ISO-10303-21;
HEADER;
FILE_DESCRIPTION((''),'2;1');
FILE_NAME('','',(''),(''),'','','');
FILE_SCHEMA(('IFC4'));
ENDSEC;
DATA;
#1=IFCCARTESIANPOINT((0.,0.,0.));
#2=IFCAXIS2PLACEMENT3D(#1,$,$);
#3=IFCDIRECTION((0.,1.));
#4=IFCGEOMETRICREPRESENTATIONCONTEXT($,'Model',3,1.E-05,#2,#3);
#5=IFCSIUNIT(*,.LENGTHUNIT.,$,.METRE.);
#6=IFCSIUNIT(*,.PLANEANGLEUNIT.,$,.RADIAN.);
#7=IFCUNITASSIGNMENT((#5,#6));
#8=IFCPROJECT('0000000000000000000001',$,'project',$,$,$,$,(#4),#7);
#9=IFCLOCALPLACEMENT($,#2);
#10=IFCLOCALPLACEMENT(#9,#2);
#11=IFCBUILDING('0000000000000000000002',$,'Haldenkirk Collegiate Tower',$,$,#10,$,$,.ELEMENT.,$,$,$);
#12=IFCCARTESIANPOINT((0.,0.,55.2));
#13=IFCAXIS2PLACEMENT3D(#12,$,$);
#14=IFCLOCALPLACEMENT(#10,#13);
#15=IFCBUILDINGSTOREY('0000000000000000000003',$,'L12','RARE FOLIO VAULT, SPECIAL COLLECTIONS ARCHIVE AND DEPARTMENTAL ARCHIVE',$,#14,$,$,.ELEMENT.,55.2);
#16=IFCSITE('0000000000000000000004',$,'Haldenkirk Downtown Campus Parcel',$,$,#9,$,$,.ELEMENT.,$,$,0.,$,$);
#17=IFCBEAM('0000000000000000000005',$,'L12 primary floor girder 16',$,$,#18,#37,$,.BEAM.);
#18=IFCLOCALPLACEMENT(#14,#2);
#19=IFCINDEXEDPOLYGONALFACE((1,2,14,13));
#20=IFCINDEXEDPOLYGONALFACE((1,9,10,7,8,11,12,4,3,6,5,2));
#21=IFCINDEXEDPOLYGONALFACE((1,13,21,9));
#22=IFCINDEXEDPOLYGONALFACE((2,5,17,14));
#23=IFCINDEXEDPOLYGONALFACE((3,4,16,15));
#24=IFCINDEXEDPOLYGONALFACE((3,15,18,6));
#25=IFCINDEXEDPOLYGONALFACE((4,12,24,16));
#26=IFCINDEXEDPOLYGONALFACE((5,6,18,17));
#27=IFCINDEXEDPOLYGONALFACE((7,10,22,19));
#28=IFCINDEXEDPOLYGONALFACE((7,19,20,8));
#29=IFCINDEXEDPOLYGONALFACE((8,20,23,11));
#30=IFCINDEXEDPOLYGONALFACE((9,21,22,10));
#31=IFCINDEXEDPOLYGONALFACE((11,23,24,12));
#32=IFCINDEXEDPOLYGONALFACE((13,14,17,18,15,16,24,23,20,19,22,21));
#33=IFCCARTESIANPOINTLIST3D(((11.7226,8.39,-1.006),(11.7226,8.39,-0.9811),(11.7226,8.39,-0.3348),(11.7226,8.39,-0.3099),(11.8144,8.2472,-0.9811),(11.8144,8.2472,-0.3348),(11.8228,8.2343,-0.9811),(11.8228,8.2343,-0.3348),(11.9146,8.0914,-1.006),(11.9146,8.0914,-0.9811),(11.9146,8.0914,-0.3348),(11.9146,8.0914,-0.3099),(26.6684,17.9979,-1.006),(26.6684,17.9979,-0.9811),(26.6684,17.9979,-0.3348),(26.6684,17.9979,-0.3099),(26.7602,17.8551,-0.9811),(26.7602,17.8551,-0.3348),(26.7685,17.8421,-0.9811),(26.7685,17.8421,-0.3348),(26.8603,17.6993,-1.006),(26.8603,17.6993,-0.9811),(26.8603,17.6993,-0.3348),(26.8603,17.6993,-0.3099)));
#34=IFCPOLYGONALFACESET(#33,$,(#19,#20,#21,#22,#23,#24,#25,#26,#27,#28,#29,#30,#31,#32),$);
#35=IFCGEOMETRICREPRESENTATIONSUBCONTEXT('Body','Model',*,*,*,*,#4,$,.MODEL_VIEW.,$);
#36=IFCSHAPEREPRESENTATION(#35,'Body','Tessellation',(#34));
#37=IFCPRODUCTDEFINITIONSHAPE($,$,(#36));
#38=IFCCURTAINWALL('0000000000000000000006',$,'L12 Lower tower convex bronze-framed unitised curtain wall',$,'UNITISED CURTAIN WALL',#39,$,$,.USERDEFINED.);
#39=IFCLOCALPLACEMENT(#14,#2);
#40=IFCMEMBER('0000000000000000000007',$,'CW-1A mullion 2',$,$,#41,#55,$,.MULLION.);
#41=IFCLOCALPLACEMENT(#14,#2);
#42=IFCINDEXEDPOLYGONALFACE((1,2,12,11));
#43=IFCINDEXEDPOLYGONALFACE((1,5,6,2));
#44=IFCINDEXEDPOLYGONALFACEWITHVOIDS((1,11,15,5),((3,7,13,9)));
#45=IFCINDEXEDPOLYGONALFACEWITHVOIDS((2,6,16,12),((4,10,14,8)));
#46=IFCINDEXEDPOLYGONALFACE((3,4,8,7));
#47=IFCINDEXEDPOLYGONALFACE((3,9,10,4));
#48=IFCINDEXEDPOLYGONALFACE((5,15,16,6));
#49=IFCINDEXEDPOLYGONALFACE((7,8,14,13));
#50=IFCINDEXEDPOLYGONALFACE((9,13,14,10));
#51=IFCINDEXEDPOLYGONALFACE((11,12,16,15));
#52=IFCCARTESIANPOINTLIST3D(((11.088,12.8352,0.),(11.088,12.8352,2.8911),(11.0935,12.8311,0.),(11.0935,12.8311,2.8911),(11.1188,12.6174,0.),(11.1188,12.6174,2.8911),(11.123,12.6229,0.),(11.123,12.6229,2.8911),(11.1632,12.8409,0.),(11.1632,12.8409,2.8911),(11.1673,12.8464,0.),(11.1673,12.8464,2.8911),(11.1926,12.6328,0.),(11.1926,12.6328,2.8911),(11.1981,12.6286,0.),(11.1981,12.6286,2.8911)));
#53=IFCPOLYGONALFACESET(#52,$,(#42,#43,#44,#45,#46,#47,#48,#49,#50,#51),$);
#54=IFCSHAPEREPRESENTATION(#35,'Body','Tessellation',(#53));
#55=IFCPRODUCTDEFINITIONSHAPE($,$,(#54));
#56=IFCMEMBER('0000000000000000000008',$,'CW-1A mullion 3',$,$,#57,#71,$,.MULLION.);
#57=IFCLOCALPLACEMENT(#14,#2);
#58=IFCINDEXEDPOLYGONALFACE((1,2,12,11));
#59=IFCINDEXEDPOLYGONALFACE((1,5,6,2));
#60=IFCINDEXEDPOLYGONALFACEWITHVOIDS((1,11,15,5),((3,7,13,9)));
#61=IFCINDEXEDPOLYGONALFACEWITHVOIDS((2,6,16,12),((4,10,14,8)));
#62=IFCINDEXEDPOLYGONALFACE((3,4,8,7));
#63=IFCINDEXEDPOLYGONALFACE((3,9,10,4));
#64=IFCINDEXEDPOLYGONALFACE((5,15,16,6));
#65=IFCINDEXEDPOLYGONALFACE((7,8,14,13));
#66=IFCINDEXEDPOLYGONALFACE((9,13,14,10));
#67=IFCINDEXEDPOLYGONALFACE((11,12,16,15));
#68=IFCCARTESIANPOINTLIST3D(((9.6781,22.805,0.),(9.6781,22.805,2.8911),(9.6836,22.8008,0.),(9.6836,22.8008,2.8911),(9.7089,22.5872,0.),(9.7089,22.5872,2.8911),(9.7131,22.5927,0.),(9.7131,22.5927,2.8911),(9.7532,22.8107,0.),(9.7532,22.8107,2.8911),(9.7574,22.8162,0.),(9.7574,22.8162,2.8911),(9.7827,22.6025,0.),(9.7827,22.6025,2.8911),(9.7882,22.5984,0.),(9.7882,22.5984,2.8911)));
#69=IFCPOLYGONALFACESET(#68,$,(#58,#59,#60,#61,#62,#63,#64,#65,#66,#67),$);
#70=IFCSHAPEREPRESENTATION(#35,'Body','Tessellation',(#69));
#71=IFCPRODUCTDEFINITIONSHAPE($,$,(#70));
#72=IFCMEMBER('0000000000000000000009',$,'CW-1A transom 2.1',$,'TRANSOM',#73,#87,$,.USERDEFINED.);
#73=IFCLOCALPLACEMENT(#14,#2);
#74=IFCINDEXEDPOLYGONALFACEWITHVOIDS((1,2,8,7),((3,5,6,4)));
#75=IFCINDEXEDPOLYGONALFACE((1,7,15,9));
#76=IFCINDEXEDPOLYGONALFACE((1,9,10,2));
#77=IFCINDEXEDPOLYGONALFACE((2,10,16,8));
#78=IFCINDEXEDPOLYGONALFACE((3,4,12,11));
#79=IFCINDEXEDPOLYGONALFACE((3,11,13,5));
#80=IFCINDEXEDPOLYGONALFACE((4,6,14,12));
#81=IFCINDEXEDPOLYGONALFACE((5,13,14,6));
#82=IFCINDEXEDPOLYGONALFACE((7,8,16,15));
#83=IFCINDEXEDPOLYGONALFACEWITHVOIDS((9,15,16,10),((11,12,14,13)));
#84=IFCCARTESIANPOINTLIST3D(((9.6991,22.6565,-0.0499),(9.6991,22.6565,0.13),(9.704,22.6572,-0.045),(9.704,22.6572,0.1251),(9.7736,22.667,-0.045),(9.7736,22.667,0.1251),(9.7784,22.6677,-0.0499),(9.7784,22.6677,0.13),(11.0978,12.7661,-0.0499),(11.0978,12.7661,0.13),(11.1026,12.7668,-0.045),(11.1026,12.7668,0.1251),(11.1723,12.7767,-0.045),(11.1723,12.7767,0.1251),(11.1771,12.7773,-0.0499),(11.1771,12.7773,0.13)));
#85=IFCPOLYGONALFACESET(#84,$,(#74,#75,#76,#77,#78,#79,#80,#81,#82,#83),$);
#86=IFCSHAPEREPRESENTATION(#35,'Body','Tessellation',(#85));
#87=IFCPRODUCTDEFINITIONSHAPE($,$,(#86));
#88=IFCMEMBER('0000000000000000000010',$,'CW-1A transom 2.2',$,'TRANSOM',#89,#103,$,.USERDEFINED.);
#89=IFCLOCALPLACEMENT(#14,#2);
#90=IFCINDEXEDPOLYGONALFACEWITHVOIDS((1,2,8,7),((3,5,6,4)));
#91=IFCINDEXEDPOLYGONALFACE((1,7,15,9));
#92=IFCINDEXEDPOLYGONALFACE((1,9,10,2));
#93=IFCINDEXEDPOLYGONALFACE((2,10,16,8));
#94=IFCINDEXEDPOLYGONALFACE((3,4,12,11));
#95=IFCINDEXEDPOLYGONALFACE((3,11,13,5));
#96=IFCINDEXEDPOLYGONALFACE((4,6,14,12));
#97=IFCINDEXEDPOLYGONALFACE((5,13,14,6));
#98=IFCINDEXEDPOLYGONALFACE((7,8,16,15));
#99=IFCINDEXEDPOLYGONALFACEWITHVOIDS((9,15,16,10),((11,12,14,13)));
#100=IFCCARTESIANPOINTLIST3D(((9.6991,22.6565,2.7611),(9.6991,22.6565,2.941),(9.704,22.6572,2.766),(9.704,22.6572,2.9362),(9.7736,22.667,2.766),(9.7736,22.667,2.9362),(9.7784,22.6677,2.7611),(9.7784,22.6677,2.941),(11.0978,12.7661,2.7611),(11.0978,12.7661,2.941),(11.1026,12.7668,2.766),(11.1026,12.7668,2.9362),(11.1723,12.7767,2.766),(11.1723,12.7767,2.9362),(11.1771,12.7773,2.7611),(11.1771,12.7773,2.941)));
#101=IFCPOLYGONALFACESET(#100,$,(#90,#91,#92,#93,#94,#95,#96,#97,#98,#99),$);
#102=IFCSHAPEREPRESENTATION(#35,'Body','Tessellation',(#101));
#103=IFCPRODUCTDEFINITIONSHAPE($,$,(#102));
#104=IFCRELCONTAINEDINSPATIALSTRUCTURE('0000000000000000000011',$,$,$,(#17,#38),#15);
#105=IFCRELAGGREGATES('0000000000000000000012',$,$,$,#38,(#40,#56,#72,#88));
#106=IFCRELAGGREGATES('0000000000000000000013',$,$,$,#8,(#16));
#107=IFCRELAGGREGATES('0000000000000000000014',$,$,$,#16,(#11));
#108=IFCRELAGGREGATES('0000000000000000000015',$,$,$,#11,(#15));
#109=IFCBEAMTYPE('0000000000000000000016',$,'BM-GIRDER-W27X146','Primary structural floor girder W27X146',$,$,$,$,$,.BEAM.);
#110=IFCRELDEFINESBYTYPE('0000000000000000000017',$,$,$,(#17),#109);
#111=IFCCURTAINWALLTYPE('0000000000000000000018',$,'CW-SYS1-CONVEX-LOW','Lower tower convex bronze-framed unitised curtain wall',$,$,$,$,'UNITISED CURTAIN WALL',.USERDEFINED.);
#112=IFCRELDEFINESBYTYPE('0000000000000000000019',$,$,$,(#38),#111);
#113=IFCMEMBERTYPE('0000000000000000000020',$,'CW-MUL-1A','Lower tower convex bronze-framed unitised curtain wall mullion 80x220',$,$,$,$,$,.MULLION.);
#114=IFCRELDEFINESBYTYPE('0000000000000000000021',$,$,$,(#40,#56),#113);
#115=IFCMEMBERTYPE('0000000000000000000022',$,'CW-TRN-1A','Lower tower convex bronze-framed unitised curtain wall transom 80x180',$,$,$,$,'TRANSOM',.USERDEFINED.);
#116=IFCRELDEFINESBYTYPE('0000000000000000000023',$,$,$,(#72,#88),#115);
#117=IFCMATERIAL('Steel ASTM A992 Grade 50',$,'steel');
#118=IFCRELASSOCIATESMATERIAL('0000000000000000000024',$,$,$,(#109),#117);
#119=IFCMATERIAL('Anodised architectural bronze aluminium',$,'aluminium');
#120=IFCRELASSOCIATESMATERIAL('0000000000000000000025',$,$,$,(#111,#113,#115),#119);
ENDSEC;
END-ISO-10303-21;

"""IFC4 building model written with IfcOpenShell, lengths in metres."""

from ifc_helpers import new_model, si_unit, direction, frame, origin, origin_2d, place, context, subcontext, project, spatial, hollow_rectangle, i_section, extrude, material, material_profile, profile_set, type_object, element, aggregate, save


model = new_model("IFC4")

# Units and contexts
model_context = context("Model", 3, precision=1e-05, world=origin(), true_north=direction((0.0, 1.0)))
body_context = subcontext(model_context, "Body", "Model", "MODEL_VIEW")
ifc_project = project(units=[si_unit("LENGTHUNIT", "METRE"), si_unit("PLANEANGLEUNIT", "RADIAN")], contexts=[model_context])

# Site, building, storey
site_placement = place(None, origin())
site = spatial("IfcSite", under=ifc_project, at=site_placement, Name="Haldenkirk Downtown Campus Parcel", CompositionType="ELEMENT", RefElevation=0.0)
building_placement = place(site_placement, origin())
building = spatial("IfcBuilding", under=site, at=building_placement, Name="Haldenkirk Collegiate Tower", CompositionType="ELEMENT")
storey_placement = place(building_placement, frame((0.0, 0.0, 55.2)))
storey = spatial("IfcBuildingStorey", under=building, at=storey_placement, Name="L12", Description="RARE FOLIO VAULT, SPECIAL COLLECTIONS ARCHIVE AND DEPARTMENTAL ARCHIVE", CompositionType="ELEMENT", Elevation=55.2)

# Beam
ifc_material_1 = material(Name="Steel ASTM A992 Grade 50", Category="steel")
ifc_material_profile_1 = material_profile(ifc_material_1, i_section(OverallWidth=0.355, OverallDepth=0.696, WebThickness=0.0154, FlangeThickness=0.0249, at=origin_2d()), Name="W27X146")
ifc_profile_set_1 = profile_set([ifc_material_profile_1], Name="Steel ASTM A992 Grade 50")
beam_type = type_object("IfcBeamType", Name="BM-GIRDER-W27X146", Description="Primary structural floor girder W27X146", PredefinedType="BEAM", material=ifc_profile_set_1)
beam_placement = place(storey_placement, frame((11.8186, 8.2407, -0.658), z_axis=(0.841181, 0.540753, 0.0), x_axis=(-0.540753, 0.841181, 0.0)))
element("IfcBeam", 1, at=beam_placement, inside=storey, type_object=beam_type, Name="L12 primary floor girder 16", PredefinedType="BEAM", context=body_context, shape_type="SweptSolid", body=[
    extrude(i_section(OverallWidth=0.355, OverallDepth=0.696, WebThickness=0.0154, FlangeThickness=0.0249, at=origin_2d()), origin(), (0.0, 0.0, 1.0), 17.7676),
])

# Curtain wall, members
ifc_material_2 = material(Name="Anodised architectural bronze aluminium", Category="aluminium")
curtain_wall_type = type_object("IfcCurtainWallType", Name="CW-SYS1-CONVEX-LOW", Description="Lower tower convex bronze-framed unitised curtain wall", ElementType="UNITISED CURTAIN WALL", PredefinedType="USERDEFINED", material=ifc_material_2)
curtain_wall_placement = place(storey_placement, origin())
curtain_wall = element("IfcCurtainWall", 2, at=curtain_wall_placement, inside=storey, type_object=curtain_wall_type, Name="L12 Lower tower convex bronze-framed unitised curtain wall", ObjectType="UNITISED CURTAIN WALL", PredefinedType="USERDEFINED")
ifc_material_profile_2 = material_profile(ifc_material_2, hollow_rectangle(XDim=0.0801, YDim=0.22, WallThickness=0.0049, at=origin_2d()), Name="CW-MUL-1A")
ifc_profile_set_2 = profile_set([ifc_material_profile_2], Name="Anodised architectural bronze aluminium")
member_type_1 = type_object("IfcMemberType", Name="CW-MUL-1A", Description="Lower tower convex bronze-framed unitised curtain wall mullion 80x220", PredefinedType="MULLION", material=ifc_profile_set_2)
member_1_placement = place(storey_placement, frame((11.1431, 12.7319, 0.0), z_axis=(0.0, 0.0, 1.0), x_axis=(-0.990146, -0.140039, 0.0)))
member_1 = element("IfcMember", 3, at=member_1_placement, type_object=member_type_1, Name="CW-1A mullion 2", PredefinedType="MULLION", context=body_context, shape_type="SweptSolid", body=[
    extrude(hollow_rectangle(XDim=0.0801, YDim=0.22, WallThickness=0.0049, at=origin_2d()), origin(), (0.0, 0.0, 1.0), 2.8911),
])
member_2_placement = place(storey_placement, frame((9.7332, 22.7017, 0.0), z_axis=(0.0, 0.0, 1.0), x_axis=(-0.990146, -0.140039, 0.0)))
member_2 = element("IfcMember", 4, at=member_2_placement, type_object=member_type_1, Name="CW-1A mullion 3", PredefinedType="MULLION", context=body_context, shape_type="SweptSolid", body=[
    extrude(hollow_rectangle(XDim=0.0801, YDim=0.22, WallThickness=0.0049, at=origin_2d()), origin(), (0.0, 0.0, 1.0), 2.8911),
])
ifc_material_profile_3 = material_profile(ifc_material_2, hollow_rectangle(XDim=0.0801, YDim=0.1799, WallThickness=0.0049, at=origin_2d()), Name="CW-TRN-1A")
ifc_profile_set_3 = profile_set([ifc_material_profile_3], Name="Anodised architectural bronze aluminium")
member_type_2 = type_object("IfcMemberType", Name="CW-TRN-1A", Description="Lower tower convex bronze-framed unitised curtain wall transom 80x180", ElementType="TRANSOM", PredefinedType="USERDEFINED", material=ifc_profile_set_3)
member_3_placement = place(storey_placement, frame((11.1375, 12.7717, 0.04), z_axis=(-0.140025, 0.990148, 0.0), x_axis=(-0.990148, -0.140025, 0.0)))
member_3 = element("IfcMember", 5, at=member_3_placement, type_object=member_type_2, Name="CW-1A transom 2.1", ObjectType="TRANSOM", PredefinedType="USERDEFINED", context=body_context, shape_type="SweptSolid", body=[
    extrude(hollow_rectangle(XDim=0.0801, YDim=0.1799, WallThickness=0.0049, at=origin_2d()), origin(), (0.0, 0.0, 1.0), 9.9888),
])
member_4_placement = place(storey_placement, frame((11.1375, 12.7717, 2.8511), z_axis=(-0.140025, 0.990148, 0.0), x_axis=(-0.990148, -0.140025, 0.0)))
member_4 = element("IfcMember", 6, at=member_4_placement, type_object=member_type_2, Name="CW-1A transom 2.2", ObjectType="TRANSOM", PredefinedType="USERDEFINED", context=body_context, shape_type="SweptSolid", body=[
    extrude(hollow_rectangle(XDim=0.0801, YDim=0.1799, WallThickness=0.0049, at=origin_2d()), origin(), (0.0, 0.0, 1.0), 9.9888),
])

aggregate(curtain_wall, [member_1, member_2, member_3, member_4])

save(model, "model.ifc")
